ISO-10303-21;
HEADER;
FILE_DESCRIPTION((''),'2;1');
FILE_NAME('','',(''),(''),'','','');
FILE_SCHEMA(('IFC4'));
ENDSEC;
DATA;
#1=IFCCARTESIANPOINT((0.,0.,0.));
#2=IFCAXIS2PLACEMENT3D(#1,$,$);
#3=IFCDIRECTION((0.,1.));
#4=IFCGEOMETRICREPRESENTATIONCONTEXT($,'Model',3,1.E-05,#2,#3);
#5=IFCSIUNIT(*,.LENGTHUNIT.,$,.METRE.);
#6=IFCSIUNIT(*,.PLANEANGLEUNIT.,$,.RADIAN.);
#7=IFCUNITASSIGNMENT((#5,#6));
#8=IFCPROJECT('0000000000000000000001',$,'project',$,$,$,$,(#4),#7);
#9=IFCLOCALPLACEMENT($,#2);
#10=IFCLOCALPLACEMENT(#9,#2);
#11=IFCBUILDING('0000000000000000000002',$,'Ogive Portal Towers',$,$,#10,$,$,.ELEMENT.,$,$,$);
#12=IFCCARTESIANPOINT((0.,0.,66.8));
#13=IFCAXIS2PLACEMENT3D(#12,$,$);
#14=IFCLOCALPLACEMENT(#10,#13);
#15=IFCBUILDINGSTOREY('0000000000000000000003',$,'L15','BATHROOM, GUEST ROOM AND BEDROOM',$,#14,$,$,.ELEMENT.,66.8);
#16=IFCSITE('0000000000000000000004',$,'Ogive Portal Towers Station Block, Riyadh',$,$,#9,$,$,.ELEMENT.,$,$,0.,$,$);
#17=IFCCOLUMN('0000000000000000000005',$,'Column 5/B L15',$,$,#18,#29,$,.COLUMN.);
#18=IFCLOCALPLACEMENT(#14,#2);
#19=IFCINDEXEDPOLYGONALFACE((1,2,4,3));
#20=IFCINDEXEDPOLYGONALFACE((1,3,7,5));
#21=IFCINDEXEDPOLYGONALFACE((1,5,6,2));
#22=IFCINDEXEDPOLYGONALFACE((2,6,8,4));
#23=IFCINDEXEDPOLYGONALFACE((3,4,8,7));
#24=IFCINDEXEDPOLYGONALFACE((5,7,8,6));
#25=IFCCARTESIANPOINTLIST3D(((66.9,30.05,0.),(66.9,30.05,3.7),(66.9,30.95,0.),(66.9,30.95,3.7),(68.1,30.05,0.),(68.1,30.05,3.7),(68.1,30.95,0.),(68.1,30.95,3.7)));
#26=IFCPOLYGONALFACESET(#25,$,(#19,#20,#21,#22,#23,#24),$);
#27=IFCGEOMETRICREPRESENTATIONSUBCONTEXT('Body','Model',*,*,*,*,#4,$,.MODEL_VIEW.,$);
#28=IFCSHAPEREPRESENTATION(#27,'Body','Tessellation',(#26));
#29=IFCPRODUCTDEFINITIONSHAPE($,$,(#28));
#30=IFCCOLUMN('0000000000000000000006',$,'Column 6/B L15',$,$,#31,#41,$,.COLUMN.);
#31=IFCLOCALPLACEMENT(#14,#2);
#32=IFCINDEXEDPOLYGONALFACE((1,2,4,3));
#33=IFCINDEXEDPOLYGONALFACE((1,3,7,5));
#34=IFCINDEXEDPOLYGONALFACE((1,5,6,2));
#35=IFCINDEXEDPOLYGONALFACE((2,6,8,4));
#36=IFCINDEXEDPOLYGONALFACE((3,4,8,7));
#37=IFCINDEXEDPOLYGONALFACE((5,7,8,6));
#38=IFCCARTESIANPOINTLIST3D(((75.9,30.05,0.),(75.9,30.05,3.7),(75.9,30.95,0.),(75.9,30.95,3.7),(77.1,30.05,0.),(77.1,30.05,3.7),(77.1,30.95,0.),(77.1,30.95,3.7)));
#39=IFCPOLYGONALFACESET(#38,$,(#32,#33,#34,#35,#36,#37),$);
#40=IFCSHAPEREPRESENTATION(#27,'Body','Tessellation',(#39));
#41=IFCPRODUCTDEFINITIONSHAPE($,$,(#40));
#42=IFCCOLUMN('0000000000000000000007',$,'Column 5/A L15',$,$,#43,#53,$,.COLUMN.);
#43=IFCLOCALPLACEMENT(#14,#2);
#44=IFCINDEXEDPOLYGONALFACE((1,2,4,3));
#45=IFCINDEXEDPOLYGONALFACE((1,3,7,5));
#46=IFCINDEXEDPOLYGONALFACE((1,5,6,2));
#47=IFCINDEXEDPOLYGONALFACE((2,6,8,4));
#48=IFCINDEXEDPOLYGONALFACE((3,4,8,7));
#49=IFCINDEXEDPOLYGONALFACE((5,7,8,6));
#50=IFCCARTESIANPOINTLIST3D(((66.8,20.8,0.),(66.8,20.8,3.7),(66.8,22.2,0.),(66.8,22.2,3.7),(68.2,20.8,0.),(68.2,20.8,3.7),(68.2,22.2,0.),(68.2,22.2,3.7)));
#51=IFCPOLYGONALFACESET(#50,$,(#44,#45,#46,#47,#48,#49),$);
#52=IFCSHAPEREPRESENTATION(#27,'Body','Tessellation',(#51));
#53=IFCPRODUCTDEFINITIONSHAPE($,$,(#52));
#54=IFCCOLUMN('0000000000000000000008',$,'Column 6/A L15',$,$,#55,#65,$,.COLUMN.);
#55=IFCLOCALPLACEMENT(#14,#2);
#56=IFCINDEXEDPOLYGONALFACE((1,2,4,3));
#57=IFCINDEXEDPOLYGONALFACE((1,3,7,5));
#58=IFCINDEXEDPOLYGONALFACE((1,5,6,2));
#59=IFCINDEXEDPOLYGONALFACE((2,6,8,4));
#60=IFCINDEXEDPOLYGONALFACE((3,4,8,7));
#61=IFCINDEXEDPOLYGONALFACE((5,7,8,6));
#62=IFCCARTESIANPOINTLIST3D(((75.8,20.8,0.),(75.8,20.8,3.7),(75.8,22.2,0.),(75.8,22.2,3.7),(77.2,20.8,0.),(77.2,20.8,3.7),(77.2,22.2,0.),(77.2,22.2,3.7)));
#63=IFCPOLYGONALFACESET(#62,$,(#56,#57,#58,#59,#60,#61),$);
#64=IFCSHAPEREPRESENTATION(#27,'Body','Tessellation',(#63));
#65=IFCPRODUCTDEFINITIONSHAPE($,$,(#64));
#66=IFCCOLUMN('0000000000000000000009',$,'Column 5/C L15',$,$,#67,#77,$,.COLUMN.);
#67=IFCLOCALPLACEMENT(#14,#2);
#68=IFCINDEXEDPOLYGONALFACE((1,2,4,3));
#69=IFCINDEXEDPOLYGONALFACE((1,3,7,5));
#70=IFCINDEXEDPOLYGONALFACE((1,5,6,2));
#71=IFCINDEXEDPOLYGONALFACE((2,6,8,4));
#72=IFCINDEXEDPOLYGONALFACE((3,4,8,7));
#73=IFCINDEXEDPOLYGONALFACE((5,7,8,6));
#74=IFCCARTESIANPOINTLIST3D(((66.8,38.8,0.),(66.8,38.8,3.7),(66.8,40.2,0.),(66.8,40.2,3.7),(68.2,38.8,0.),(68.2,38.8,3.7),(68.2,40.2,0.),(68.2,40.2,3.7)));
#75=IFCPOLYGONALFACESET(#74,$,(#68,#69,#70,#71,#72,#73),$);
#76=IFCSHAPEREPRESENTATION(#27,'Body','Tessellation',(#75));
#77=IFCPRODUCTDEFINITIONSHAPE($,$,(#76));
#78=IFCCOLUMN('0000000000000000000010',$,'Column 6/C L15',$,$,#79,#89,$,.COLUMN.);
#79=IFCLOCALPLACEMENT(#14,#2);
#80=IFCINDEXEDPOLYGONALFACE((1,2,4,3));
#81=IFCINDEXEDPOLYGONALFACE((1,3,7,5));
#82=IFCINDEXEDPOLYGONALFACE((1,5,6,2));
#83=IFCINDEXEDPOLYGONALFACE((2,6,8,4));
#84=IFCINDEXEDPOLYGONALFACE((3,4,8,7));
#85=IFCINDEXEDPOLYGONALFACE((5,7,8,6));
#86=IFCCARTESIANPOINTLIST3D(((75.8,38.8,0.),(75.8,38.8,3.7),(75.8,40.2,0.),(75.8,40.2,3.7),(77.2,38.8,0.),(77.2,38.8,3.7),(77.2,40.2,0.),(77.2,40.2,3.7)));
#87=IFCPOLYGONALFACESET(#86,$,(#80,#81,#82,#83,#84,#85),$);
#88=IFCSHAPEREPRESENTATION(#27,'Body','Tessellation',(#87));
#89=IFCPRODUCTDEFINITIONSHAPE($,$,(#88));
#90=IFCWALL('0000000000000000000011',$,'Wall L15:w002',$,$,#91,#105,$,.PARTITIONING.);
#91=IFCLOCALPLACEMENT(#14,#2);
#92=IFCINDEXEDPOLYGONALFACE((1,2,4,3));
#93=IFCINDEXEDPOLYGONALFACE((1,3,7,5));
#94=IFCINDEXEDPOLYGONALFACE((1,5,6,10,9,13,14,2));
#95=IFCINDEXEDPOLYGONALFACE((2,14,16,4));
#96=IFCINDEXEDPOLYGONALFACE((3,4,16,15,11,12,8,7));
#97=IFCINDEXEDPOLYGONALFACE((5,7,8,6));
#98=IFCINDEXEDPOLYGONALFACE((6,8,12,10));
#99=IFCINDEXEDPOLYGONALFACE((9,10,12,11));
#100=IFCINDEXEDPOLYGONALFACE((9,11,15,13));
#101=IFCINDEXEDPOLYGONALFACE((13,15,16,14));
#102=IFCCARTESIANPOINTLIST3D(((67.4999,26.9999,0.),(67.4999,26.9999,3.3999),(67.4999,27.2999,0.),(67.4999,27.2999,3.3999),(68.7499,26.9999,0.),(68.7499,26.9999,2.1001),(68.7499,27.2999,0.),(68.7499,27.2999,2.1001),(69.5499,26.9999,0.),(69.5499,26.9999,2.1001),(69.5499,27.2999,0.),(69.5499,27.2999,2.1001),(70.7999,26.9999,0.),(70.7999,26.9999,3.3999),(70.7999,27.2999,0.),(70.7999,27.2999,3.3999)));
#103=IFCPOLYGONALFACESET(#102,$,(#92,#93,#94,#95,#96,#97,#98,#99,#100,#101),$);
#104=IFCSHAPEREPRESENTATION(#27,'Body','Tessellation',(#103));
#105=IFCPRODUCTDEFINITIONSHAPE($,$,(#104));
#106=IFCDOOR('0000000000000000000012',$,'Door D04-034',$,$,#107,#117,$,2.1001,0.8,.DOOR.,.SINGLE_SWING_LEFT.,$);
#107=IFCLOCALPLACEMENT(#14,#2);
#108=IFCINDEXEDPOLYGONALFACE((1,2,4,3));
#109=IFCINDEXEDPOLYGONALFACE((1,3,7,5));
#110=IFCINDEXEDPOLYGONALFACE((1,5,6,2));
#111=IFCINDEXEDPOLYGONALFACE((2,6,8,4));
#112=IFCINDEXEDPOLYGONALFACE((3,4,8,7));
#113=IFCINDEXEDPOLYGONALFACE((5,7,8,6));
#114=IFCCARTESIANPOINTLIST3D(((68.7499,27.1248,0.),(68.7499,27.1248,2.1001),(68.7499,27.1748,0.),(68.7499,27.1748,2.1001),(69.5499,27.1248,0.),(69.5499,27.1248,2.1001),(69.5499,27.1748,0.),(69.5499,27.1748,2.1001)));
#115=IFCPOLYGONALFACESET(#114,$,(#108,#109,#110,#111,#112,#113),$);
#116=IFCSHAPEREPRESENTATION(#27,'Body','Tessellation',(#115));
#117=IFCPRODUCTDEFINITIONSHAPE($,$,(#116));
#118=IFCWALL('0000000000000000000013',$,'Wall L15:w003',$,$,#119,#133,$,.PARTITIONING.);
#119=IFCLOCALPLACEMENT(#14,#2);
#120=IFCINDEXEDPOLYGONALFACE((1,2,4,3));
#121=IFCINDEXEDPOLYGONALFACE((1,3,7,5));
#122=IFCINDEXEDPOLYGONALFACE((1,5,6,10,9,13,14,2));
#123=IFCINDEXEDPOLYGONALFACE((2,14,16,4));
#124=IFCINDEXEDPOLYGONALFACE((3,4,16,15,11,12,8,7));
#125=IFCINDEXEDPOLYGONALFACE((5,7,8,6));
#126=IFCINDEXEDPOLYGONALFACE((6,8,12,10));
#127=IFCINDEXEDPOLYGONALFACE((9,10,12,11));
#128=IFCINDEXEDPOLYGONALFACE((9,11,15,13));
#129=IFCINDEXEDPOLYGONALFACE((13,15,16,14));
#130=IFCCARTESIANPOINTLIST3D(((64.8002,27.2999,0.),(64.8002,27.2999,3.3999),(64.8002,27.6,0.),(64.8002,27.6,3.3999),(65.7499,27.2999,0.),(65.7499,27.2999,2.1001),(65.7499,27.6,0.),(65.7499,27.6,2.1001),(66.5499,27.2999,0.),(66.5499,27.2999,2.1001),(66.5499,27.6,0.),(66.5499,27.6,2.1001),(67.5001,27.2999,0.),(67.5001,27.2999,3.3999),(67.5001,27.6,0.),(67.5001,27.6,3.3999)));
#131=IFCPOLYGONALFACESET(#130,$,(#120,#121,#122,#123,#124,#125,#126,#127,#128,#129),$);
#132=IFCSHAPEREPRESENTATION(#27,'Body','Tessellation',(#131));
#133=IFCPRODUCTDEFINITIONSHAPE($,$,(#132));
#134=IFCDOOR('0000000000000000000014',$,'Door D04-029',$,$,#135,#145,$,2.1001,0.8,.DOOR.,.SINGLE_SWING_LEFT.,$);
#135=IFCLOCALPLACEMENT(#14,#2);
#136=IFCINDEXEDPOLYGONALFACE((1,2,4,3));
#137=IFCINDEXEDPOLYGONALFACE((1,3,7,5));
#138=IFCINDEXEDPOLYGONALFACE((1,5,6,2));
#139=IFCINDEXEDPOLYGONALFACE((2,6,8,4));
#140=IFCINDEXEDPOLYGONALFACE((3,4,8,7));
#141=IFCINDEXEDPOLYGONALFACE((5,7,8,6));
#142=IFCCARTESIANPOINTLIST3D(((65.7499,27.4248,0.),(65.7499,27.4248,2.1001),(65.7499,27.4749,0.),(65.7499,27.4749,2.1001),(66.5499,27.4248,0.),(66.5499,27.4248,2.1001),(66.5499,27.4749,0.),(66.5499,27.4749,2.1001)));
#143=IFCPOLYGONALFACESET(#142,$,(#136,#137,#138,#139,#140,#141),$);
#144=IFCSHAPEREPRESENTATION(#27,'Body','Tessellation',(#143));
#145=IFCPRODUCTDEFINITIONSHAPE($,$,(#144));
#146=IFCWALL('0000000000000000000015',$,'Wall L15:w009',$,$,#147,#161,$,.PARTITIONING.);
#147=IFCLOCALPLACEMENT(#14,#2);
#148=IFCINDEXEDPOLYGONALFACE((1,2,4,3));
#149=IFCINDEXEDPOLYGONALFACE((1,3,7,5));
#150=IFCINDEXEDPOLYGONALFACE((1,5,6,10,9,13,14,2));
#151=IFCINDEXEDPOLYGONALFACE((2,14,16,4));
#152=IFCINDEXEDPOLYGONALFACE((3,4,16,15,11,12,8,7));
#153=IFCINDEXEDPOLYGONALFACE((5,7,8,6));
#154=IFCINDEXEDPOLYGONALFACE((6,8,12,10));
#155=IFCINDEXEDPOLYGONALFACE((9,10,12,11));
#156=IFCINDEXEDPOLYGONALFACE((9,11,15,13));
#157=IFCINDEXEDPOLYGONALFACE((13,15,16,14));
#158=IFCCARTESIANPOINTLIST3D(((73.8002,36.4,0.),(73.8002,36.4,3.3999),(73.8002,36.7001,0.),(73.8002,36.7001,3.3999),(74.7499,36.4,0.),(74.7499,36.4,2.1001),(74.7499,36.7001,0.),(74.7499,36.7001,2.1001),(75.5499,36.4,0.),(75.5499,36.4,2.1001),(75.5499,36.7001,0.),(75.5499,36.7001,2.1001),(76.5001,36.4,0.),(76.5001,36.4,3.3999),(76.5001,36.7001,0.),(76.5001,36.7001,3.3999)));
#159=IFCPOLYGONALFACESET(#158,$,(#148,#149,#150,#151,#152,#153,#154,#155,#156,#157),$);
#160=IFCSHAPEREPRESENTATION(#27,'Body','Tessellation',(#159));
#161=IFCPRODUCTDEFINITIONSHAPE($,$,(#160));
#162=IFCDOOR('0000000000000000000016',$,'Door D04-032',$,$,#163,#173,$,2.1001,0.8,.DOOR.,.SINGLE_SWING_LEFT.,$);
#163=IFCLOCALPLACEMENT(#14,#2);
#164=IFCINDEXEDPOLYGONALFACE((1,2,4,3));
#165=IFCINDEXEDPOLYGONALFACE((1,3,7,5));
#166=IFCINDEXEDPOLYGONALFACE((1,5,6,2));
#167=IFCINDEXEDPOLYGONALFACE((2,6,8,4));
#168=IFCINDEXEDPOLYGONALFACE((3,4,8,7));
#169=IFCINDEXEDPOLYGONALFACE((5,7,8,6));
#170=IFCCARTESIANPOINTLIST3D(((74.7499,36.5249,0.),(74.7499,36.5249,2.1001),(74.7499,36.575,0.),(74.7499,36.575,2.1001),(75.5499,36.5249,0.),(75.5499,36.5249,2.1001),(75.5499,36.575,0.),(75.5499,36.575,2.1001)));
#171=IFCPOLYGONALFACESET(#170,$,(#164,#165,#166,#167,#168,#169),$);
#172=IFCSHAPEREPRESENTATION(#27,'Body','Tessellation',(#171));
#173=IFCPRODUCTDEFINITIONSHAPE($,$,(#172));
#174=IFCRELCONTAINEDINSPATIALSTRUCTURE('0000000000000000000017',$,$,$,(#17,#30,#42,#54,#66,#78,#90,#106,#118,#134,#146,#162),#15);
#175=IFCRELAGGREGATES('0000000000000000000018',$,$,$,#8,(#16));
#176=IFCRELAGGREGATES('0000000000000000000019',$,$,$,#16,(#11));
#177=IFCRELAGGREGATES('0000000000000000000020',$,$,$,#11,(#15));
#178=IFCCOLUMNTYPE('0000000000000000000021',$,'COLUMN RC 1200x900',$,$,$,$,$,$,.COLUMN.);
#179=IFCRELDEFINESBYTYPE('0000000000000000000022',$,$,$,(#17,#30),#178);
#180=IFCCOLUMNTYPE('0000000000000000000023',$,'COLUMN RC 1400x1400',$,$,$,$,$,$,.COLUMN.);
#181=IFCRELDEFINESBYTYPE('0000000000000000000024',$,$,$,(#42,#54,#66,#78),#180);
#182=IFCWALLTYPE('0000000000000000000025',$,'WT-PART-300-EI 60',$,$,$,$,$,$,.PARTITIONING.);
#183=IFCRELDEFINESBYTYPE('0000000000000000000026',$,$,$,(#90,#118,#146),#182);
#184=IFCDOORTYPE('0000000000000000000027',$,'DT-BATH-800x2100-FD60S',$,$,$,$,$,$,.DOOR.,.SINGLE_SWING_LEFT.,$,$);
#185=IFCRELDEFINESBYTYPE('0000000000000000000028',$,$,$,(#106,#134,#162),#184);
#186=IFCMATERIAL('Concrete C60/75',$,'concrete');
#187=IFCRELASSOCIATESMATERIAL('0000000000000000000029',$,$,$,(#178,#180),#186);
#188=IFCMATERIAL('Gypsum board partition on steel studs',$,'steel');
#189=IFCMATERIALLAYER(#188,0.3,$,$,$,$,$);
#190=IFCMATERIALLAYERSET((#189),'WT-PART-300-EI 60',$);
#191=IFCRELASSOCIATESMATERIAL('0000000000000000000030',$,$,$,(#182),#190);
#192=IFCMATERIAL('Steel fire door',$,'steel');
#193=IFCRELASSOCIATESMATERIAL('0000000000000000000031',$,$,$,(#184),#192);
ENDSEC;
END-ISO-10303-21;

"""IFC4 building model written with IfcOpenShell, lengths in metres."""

from ifc_helpers import new_model, si_unit, direction, frame, frame_2d, origin, origin_2d, place, context, subcontext, project, spatial, rectangle, extrude, material, layer, layer_set, material_profile, profile_set, type_object, element, fill, save


model = new_model("IFC4")

# Units and contexts
model_context = context("Model", 3, precision=1e-05, world=origin(), true_north=direction((0.0, 1.0)))
body_context = subcontext(model_context, "Body", "Model", "MODEL_VIEW")
ifc_project = project(units=[si_unit("LENGTHUNIT", "METRE"), si_unit("PLANEANGLEUNIT", "RADIAN")], contexts=[model_context])

# Site, building, storey
site_placement = place(None, origin())
site = spatial("IfcSite", under=ifc_project, at=site_placement, Name="Ogive Portal Towers Station Block, Riyadh", CompositionType="ELEMENT", RefElevation=0.0)
building_placement = place(site_placement, origin())
building = spatial("IfcBuilding", under=site, at=building_placement, Name="Ogive Portal Towers", CompositionType="ELEMENT")
storey_placement = place(building_placement, frame((0.0, 0.0, 66.8)))
storey = spatial("IfcBuildingStorey", under=building, at=storey_placement, Name="L15", Description="BATHROOM, GUEST ROOM AND BEDROOM", CompositionType="ELEMENT", Elevation=66.8)

# Columns
ifc_material_1 = material(Name="Concrete C60/75", Category="concrete")
ifc_material_profile_1 = material_profile(ifc_material_1, rectangle(XDim=1.2, YDim=0.8999, at=origin_2d()), Name="RC 1200x900")
ifc_profile_set_1 = profile_set([ifc_material_profile_1], Name="Concrete C60/75")
column_type_1 = type_object("IfcColumnType", Name="COLUMN RC 1200x900", PredefinedType="COLUMN", material=ifc_profile_set_1)
for number, where, z_axis, x_axis, name in (
    (1, (67.5, 30.5, 0.0), (0.0, 0.0, 1.0), (1.0, 0.0, 0.0), "Column 5/B L15"),
    (2, (76.5, 30.5, 0.0), (0.0, 0.0, 1.0), (1.0, 0.0, 0.0), "Column 6/B L15"),
):
    element("IfcColumn", number, at=place(storey_placement, frame(where, z_axis=z_axis, x_axis=x_axis)), inside=storey, type_object=column_type_1, Name=name, PredefinedType="COLUMN", context=body_context, shape_type="SweptSolid", body=[
        extrude(rectangle(XDim=1.2, YDim=0.8999, at=origin_2d()), origin(), (0.0, 0.0, 1.0), 3.7),
    ])
ifc_material_profile_2 = material_profile(ifc_material_1, rectangle(XDim=1.3999, YDim=1.3999, at=origin_2d()), Name="RC 1400x1400")
ifc_profile_set_2 = profile_set([ifc_material_profile_2], Name="Concrete C60/75")
column_type_2 = type_object("IfcColumnType", Name="COLUMN RC 1400x1400", PredefinedType="COLUMN", material=ifc_profile_set_2)
for number, where, z_axis, x_axis, name in (
    (3, (67.5, 21.5, 0.0), (0.0, 0.0, 1.0), (1.0, 0.0, 0.0), "Column 5/A L15"),
    (4, (76.5, 21.5, 0.0), (0.0, 0.0, 1.0), (1.0, 0.0, 0.0), "Column 6/A L15"),
    (5, (67.5, 39.5, 0.0), (0.0, 0.0, 1.0), (1.0, 0.0, 0.0), "Column 5/C L15"),
    (6, (76.5, 39.5, 0.0), (0.0, 0.0, 1.0), (1.0, 0.0, 0.0), "Column 6/C L15"),
):
    element("IfcColumn", number, at=place(storey_placement, frame(where, z_axis=z_axis, x_axis=x_axis)), inside=storey, type_object=column_type_2, Name=name, PredefinedType="COLUMN", context=body_context, shape_type="SweptSolid", body=[
        extrude(rectangle(XDim=1.3999, YDim=1.3999, at=origin_2d()), origin(), (0.0, 0.0, 1.0), 3.7),
    ])

# Walls, openings, doors
ifc_material_2 = material(Name="Gypsum board partition on steel studs", Category="steel")
ifc_layer_1 = layer(ifc_material_2, 0.3)
ifc_layer_set_1 = layer_set([ifc_layer_1], Name="WT-PART-300-EI 60")
wall_type = type_object("IfcWallType", Name="WT-PART-300-EI 60", PredefinedType="PARTITIONING", material=ifc_layer_set_1)
wall_1_placement = place(storey_placement, frame((67.5, 27.1499, 0.0), z_axis=(0.0, 0.0, 1.0), x_axis=(1.0, 0.0, 0.0)))
wall_1 = element("IfcWall", 7, at=wall_1_placement, inside=storey, type_object=wall_type, Name="Wall L15:w002", PredefinedType="PARTITIONING", context=body_context, shape_type="SweptSolid", body=[
    extrude(rectangle(XDim=3.3, YDim=0.3, at=frame_2d((1.6499, 0.0))), origin(), (0.0, 0.0, 1.0), 3.3999),
])
opening_1_placement = place(wall_1_placement, frame((1.25, 0.0, 0.0)))
opening_1 = element("IfcOpeningElement", 8, at=opening_1_placement, cuts=wall_1, PredefinedType="OPENING", context=body_context, shape_type="SweptSolid", body=[
    extrude(rectangle(XDim=0.8, YDim=2.1001, at=frame_2d((0.3999, 1.05))), frame((0.0, 0.1602, 0.0), z_axis=(0.0, -1.0, 0.0), x_axis=(1.0, 0.0, 0.0)), (0.0, 0.0, 1.0), 0.3201),
])
ifc_material_3 = material(Name="Steel fire door", Category="steel")
door_type = type_object("IfcDoorType", Name="DT-BATH-800x2100-FD60S", OperationType="SINGLE_SWING_LEFT", PredefinedType="DOOR", material=ifc_material_3)
door_1_placement = place(opening_1_placement, origin())
door_1 = element("IfcDoor", 9, at=door_1_placement, inside=storey, type_object=door_type, Name="Door D04-034", OperationType="SINGLE_SWING_LEFT", OverallHeight=2.1001, OverallWidth=0.8, PredefinedType="DOOR", context=body_context, shape_type="SweptSolid", body=[
    extrude(rectangle(XDim=0.8, YDim=2.1001, at=frame_2d((0.3999, 1.05))), frame((0.0, 0.0249, 0.0), z_axis=(0.0, -1.0, 0.0), x_axis=(1.0, 0.0, 0.0)), (0.0, 0.0, 1.0), 0.05),
])
fill(opening_1, door_1)
wall_2_placement = place(storey_placement, frame((64.8, 27.45, 0.0), z_axis=(0.0, 0.0, 1.0), x_axis=(1.0, 0.0, 0.0)))
wall_2 = element("IfcWall", 10, at=wall_2_placement, inside=storey, type_object=wall_type, Name="Wall L15:w003", PredefinedType="PARTITIONING", context=body_context, shape_type="SweptSolid", body=[
    extrude(rectangle(XDim=2.7, YDim=0.3, at=frame_2d((1.3501, 0.0))), origin(), (0.0, 0.0, 1.0), 3.3999),
])
opening_2_placement = place(wall_2_placement, frame((0.95, 0.0, 0.0)))
opening_2 = element("IfcOpeningElement", 11, at=opening_2_placement, cuts=wall_2, PredefinedType="OPENING", context=body_context, shape_type="SweptSolid", body=[
    extrude(rectangle(XDim=0.8, YDim=2.1001, at=frame_2d((0.3999, 1.05))), frame((0.0, 0.1602, 0.0), z_axis=(0.0, -1.0, 0.0), x_axis=(1.0, 0.0, 0.0)), (0.0, 0.0, 1.0), 0.3201),
])
door_2_placement = place(opening_2_placement, origin())
door_2 = element("IfcDoor", 12, at=door_2_placement, inside=storey, type_object=door_type, Name="Door D04-029", OperationType="SINGLE_SWING_LEFT", OverallHeight=2.1001, OverallWidth=0.8, PredefinedType="DOOR", context=body_context, shape_type="SweptSolid", body=[
    extrude(rectangle(XDim=0.8, YDim=2.1001, at=frame_2d((0.3999, 1.05))), frame((0.0, 0.0249, 0.0), z_axis=(0.0, -1.0, 0.0), x_axis=(1.0, 0.0, 0.0)), (0.0, 0.0, 1.0), 0.05),
])
fill(opening_2, door_2)
wall_3_placement = place(storey_placement, frame((73.8, 36.55, 0.0), z_axis=(0.0, 0.0, 1.0), x_axis=(1.0, 0.0, 0.0)))
wall_3 = element("IfcWall", 13, at=wall_3_placement, inside=storey, type_object=wall_type, Name="Wall L15:w009", PredefinedType="PARTITIONING", context=body_context, shape_type="SweptSolid", body=[
    extrude(rectangle(XDim=2.7, YDim=0.3, at=frame_2d((1.3501, 0.0))), origin(), (0.0, 0.0, 1.0), 3.3999),
])
opening_3_placement = place(wall_3_placement, frame((0.95, 0.0, 0.0)))
opening_3 = element("IfcOpeningElement", 14, at=opening_3_placement, cuts=wall_3, PredefinedType="OPENING", context=body_context, shape_type="SweptSolid", body=[
    extrude(rectangle(XDim=0.8, YDim=2.1001, at=frame_2d((0.3999, 1.05))), frame((0.0, 0.1602, 0.0), z_axis=(0.0, -1.0, 0.0), x_axis=(1.0, 0.0, 0.0)), (0.0, 0.0, 1.0), 0.3201),
])
door_3_placement = place(opening_3_placement, origin())
door_3 = element("IfcDoor", 15, at=door_3_placement, inside=storey, type_object=door_type, Name="Door D04-032", OperationType="SINGLE_SWING_LEFT", OverallHeight=2.1001, OverallWidth=0.8, PredefinedType="DOOR", context=body_context, shape_type="SweptSolid", body=[
    extrude(rectangle(XDim=0.8, YDim=2.1001, at=frame_2d((0.3999, 1.05))), frame((0.0, 0.0249, 0.0), z_axis=(0.0, -1.0, 0.0), x_axis=(1.0, 0.0, 0.0)), (0.0, 0.0, 1.0), 0.05),
])
fill(opening_3, door_3)

save(model, "model.ifc")
